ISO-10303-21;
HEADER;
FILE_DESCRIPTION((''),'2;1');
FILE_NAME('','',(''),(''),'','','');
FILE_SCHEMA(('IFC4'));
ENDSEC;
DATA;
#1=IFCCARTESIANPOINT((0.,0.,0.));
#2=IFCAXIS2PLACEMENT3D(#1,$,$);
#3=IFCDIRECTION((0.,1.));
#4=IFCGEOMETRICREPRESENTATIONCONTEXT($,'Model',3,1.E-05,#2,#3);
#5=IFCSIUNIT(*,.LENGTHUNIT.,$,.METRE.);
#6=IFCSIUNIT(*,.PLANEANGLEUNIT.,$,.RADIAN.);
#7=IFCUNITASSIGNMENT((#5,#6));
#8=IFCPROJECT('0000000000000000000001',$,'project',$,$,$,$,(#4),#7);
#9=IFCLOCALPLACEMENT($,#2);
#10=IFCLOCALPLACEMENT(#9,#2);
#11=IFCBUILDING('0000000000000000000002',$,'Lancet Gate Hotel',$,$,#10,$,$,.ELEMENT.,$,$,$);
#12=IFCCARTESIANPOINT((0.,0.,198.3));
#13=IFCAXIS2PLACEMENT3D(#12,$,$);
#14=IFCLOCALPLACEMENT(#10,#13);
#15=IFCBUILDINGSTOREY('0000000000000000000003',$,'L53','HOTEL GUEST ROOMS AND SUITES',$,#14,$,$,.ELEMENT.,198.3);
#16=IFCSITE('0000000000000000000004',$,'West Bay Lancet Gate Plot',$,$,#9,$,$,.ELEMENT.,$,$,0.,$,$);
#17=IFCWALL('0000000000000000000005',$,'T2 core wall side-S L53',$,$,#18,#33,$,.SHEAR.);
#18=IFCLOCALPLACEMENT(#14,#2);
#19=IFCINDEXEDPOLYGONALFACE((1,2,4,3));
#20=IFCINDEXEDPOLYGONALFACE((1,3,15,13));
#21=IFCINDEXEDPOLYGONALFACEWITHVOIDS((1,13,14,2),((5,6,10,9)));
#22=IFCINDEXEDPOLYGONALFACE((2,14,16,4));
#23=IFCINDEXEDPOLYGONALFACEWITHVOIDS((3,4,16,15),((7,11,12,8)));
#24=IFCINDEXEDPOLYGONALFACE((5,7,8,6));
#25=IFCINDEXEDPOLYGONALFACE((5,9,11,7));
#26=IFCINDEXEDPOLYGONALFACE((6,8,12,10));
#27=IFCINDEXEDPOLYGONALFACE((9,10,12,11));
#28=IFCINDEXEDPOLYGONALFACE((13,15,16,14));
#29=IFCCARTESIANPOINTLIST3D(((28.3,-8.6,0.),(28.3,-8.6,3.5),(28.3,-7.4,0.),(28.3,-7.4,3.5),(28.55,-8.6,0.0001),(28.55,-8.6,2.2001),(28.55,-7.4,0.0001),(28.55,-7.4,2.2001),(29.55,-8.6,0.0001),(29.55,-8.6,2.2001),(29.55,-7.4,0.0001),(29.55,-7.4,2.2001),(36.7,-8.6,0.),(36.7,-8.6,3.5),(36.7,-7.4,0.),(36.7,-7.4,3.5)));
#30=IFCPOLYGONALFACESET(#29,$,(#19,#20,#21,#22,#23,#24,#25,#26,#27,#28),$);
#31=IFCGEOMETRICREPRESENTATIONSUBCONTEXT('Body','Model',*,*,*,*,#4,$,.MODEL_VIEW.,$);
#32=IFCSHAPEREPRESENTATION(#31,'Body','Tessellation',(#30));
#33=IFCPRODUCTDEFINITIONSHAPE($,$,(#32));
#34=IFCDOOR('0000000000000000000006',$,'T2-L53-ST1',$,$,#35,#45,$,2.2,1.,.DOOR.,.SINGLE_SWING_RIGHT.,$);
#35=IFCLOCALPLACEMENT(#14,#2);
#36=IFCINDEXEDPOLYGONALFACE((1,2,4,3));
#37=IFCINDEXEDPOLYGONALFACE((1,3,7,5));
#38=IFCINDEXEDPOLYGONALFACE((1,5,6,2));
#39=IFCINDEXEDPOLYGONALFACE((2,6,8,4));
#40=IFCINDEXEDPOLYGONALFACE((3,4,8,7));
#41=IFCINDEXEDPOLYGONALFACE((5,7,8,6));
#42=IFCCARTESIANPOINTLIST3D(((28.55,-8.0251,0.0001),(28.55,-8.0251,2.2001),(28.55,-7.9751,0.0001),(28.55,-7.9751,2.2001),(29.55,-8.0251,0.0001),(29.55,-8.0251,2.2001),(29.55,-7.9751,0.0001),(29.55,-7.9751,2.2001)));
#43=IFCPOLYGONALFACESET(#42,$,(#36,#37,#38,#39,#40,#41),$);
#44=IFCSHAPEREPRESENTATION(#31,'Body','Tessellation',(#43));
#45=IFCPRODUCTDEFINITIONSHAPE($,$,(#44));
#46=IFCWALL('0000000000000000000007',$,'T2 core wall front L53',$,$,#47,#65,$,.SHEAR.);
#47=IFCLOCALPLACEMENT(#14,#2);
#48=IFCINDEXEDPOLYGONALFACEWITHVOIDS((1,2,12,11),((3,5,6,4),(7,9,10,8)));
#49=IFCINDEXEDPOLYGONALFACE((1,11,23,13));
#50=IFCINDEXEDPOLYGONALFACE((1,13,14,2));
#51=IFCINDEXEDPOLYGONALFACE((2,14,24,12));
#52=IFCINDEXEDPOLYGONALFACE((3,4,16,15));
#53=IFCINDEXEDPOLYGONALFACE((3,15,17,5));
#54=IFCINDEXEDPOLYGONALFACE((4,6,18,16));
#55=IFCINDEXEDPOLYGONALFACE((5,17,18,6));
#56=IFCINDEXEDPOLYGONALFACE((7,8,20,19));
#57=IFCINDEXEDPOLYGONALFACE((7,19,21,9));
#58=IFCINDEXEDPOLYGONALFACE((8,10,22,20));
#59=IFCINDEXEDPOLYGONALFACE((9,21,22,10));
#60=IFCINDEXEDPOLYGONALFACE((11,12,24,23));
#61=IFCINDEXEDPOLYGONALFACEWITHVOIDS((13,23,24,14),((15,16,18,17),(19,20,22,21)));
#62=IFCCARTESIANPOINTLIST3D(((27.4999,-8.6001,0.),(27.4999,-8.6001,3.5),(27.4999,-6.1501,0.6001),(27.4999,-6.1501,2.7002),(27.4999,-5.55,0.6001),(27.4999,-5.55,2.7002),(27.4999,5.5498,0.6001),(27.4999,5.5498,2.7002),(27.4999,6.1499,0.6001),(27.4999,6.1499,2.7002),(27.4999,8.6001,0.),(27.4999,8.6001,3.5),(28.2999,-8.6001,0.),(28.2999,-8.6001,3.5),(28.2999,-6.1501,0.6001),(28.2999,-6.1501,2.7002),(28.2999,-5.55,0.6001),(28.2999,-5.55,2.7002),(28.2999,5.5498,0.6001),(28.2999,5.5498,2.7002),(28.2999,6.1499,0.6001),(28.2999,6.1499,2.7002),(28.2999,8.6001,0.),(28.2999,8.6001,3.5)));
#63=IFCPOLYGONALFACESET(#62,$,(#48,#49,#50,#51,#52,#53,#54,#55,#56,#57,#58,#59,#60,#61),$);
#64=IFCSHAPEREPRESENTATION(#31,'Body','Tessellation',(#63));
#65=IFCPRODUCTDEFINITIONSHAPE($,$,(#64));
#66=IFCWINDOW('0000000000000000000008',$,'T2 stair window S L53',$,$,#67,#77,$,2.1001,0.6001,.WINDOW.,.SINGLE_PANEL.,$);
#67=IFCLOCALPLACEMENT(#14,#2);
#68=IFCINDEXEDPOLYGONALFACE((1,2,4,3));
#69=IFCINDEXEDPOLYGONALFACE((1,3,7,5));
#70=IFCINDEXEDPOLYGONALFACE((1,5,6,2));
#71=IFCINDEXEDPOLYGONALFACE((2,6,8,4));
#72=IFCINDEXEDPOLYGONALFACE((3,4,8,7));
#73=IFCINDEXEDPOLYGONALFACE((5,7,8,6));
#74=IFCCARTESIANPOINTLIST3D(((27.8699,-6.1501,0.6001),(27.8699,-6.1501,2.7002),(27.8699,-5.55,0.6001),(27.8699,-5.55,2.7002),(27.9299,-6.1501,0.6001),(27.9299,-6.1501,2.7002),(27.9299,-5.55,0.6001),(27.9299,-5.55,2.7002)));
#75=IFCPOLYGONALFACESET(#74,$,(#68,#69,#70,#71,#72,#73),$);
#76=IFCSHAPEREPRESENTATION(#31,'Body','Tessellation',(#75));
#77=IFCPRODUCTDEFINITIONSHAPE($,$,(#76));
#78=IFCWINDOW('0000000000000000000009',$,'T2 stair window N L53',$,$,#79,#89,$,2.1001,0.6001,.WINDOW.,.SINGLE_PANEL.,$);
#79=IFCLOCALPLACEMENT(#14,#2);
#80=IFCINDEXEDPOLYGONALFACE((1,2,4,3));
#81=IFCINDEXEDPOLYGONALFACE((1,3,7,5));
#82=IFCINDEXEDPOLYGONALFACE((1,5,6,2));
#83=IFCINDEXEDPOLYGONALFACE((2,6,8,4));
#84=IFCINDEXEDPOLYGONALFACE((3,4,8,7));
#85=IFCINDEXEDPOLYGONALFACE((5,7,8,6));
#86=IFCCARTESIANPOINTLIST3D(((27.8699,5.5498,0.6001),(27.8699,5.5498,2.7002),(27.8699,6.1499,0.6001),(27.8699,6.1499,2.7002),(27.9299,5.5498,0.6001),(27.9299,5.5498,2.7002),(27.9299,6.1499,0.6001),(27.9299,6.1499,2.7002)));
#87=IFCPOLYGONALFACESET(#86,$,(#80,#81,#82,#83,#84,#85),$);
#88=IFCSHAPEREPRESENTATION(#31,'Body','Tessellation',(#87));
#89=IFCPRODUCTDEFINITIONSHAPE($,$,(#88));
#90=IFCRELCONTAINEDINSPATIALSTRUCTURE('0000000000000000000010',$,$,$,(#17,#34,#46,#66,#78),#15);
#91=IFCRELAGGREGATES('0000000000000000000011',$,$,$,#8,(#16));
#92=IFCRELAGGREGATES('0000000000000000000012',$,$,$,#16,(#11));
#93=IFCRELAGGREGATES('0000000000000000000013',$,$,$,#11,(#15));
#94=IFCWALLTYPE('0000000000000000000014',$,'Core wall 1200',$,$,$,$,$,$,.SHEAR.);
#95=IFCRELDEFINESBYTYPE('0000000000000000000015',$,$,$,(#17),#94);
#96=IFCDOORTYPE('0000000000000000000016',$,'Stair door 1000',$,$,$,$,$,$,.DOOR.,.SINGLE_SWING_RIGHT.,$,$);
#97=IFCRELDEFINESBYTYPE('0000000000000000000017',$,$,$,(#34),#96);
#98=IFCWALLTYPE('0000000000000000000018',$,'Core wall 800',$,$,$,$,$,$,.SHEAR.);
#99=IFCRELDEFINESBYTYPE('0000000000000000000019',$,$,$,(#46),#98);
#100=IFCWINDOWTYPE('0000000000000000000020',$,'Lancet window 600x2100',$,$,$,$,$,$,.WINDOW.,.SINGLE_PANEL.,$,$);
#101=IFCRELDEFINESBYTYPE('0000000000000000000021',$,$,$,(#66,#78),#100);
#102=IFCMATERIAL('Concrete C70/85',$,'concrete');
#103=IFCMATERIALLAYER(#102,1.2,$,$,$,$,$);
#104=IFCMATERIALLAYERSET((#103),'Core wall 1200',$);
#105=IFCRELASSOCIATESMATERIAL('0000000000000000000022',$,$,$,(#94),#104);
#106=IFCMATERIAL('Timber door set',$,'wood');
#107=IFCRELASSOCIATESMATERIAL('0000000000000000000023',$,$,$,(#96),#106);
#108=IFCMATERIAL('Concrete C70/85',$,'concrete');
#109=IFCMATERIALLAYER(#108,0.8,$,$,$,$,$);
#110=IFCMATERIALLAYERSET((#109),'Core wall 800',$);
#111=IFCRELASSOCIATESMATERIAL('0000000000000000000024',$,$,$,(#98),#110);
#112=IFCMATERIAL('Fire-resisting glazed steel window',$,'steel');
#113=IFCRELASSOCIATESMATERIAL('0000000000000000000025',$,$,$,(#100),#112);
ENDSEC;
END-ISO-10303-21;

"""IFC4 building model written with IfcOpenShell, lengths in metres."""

from ifc_helpers import new_model, si_unit, direction, frame, frame_2d, origin, place, context, subcontext, project, spatial, rectangle, extrude, material, layer, layer_set, type_object, element, fill, save


model = new_model("IFC4")

# Units and contexts
model_context = context("Model", 3, precision=1e-05, world=origin(), true_north=direction((0.0, 1.0)))
body_context = subcontext(model_context, "Body", "Model", "MODEL_VIEW")
ifc_project = project(units=[si_unit("LENGTHUNIT", "METRE"), si_unit("PLANEANGLEUNIT", "RADIAN")], contexts=[model_context])

# Site, building, storey
site_placement = place(None, origin())
site = spatial("IfcSite", under=ifc_project, at=site_placement, Name="West Bay Lancet Gate Plot", CompositionType="ELEMENT", RefElevation=0.0)
building_placement = place(site_placement, origin())
building = spatial("IfcBuilding", under=site, at=building_placement, Name="Lancet Gate Hotel", CompositionType="ELEMENT")
storey_placement = place(building_placement, frame((0.0, 0.0, 198.3)))
storey = spatial("IfcBuildingStorey", under=building, at=storey_placement, Name="L53", Description="HOTEL GUEST ROOMS AND SUITES", CompositionType="ELEMENT", Elevation=198.3)

# Wall, opening, door
ifc_material_1 = material(Name="Concrete C70/85", Category="concrete")
ifc_layer_1 = layer(ifc_material_1, 1.2)
ifc_layer_set_1 = layer_set([ifc_layer_1], Name="Core wall 1200")
wall_type_1 = type_object("IfcWallType", Name="Core wall 1200", PredefinedType="SHEAR", material=ifc_layer_set_1)
wall_1_placement = place(storey_placement, frame((28.3, -8.0, 0.0), z_axis=(0.0, 0.0, 1.0), x_axis=(1.0, 0.0, 0.0)))
wall_1 = element("IfcWall", 1, at=wall_1_placement, inside=storey, type_object=wall_type_1, Name="T2 core wall side-S L53", PredefinedType="SHEAR", context=body_context, shape_type="SweptSolid", body=[
    extrude(rectangle(XDim=8.3999, YDim=1.2, at=frame_2d((4.2, 0.0))), origin(), (0.0, 0.0, 1.0), 3.5),
])
opening_1_placement = place(wall_1_placement, frame((0.25, 0.0, 0.0)))
opening_1 = element("IfcOpeningElement", 2, at=opening_1_placement, cuts=wall_1, PredefinedType="OPENING", context=body_context, shape_type="SweptSolid", body=[
    extrude(rectangle(XDim=1.0, YDim=2.2, at=frame_2d((0.5, 1.1001))), frame((0.0, 0.6099, 0.0), z_axis=(0.0, -1.0, 0.0), x_axis=(1.0, 0.0, 0.0)), (0.0, 0.0, 1.0), 1.22),
])
ifc_material_2 = material(Name="Timber door set", Category="wood")
door_type_1 = type_object("IfcDoorType", Name="Stair door 1000", OperationType="SINGLE_SWING_RIGHT", PredefinedType="DOOR", material=ifc_material_2)
door_1_placement = place(opening_1_placement, origin())
door_1 = element("IfcDoor", 3, at=door_1_placement, inside=storey, type_object=door_type_1, Name="T2-L53-ST1", OperationType="SINGLE_SWING_RIGHT", OverallHeight=2.2, OverallWidth=1.0, PredefinedType="DOOR", context=body_context, shape_type="SweptSolid", body=[
    extrude(rectangle(XDim=1.0, YDim=2.2, at=frame_2d((0.5, 1.1001))), frame((0.0, 0.0249, 0.0), z_axis=(0.0, -1.0, 0.0), x_axis=(1.0, 0.0, 0.0)), (0.0, 0.0, 1.0), 0.05),
])
fill(opening_1, door_1)

# Wall, openings, windows
ifc_material_3 = material(Name="Concrete C70/85", Category="concrete")
ifc_layer_2 = layer(ifc_material_3, 0.8)
ifc_layer_set_2 = layer_set([ifc_layer_2], Name="Core wall 800")
wall_type_2 = type_object("IfcWallType", Name="Core wall 800", PredefinedType="SHEAR", material=ifc_layer_set_2)
wall_2_placement = place(storey_placement, frame((27.8999, -8.6001, 0.0), z_axis=(0.0, 0.0, 1.0), x_axis=(0.0, 1.0, 0.0)))
wall_2 = element("IfcWall", 4, at=wall_2_placement, inside=storey, type_object=wall_type_2, Name="T2 core wall front L53", PredefinedType="SHEAR", context=body_context, shape_type="SweptSolid", body=[
    extrude(rectangle(XDim=17.2002, YDim=0.8, at=frame_2d((8.6001, 0.0))), origin(), (0.0, 0.0, 1.0), 3.5),
])
opening_2_placement = place(wall_2_placement, frame((2.45, 0.0, 0.6001)))
opening_2 = element("IfcOpeningElement", 5, at=opening_2_placement, cuts=wall_2, PredefinedType="OPENING", context=body_context, shape_type="SweptSolid", body=[
    extrude(rectangle(XDim=0.6001, YDim=2.1001, at=frame_2d((0.3, 1.05))), frame((0.0, 0.4099, 0.0), z_axis=(0.0, -1.0, 0.0), x_axis=(1.0, 0.0, 0.0)), (0.0, 0.0, 1.0), 0.8201),
])
opening_3_placement = place(wall_2_placement, frame((14.1499, 0.0, 0.6001)))
opening_3 = element("IfcOpeningElement", 6, at=opening_3_placement, cuts=wall_2, PredefinedType="OPENING", context=body_context, shape_type="SweptSolid", body=[
    extrude(rectangle(XDim=0.6001, YDim=2.1001, at=frame_2d((0.3, 1.05))), frame((0.0, 0.4099, 0.0), z_axis=(0.0, -1.0, 0.0), x_axis=(1.0, 0.0, 0.0)), (0.0, 0.0, 1.0), 0.8201),
])
ifc_material_4 = material(Name="Fire-resisting glazed steel window", Category="steel")
window_type = type_object("IfcWindowType", Name="Lancet window 600x2100", PartitioningType="SINGLE_PANEL", PredefinedType="WINDOW", material=ifc_material_4)
window_1_placement = place(opening_2_placement, origin())
window_1 = element("IfcWindow", 7, at=window_1_placement, inside=storey, type_object=window_type, Name="T2 stair window S L53", OverallHeight=2.1001, OverallWidth=0.6001, PartitioningType="SINGLE_PANEL", PredefinedType="WINDOW", context=body_context, shape_type="SweptSolid", body=[
    extrude(rectangle(XDim=0.6001, YDim=2.1001, at=frame_2d((0.3, 1.05))), frame((0.0, 0.03, 0.0), z_axis=(0.0, -1.0, 0.0), x_axis=(1.0, 0.0, 0.0)), (0.0, 0.0, 1.0), 0.0601),
])
fill(opening_2, window_1)
window_2_placement = place(opening_3_placement, origin())
window_2 = element("IfcWindow", 8, at=window_2_placement, inside=storey, type_object=window_type, Name="T2 stair window N L53", OverallHeight=2.1001, OverallWidth=0.6001, PartitioningType="SINGLE_PANEL", PredefinedType="WINDOW", context=body_context, shape_type="SweptSolid", body=[
    extrude(rectangle(XDim=0.6001, YDim=2.1001, at=frame_2d((0.3, 1.05))), frame((0.0, 0.03, 0.0), z_axis=(0.0, -1.0, 0.0), x_axis=(1.0, 0.0, 0.0)), (0.0, 0.0, 1.0), 0.0601),
])
fill(opening_3, window_2)

save(model, "model.ifc")
